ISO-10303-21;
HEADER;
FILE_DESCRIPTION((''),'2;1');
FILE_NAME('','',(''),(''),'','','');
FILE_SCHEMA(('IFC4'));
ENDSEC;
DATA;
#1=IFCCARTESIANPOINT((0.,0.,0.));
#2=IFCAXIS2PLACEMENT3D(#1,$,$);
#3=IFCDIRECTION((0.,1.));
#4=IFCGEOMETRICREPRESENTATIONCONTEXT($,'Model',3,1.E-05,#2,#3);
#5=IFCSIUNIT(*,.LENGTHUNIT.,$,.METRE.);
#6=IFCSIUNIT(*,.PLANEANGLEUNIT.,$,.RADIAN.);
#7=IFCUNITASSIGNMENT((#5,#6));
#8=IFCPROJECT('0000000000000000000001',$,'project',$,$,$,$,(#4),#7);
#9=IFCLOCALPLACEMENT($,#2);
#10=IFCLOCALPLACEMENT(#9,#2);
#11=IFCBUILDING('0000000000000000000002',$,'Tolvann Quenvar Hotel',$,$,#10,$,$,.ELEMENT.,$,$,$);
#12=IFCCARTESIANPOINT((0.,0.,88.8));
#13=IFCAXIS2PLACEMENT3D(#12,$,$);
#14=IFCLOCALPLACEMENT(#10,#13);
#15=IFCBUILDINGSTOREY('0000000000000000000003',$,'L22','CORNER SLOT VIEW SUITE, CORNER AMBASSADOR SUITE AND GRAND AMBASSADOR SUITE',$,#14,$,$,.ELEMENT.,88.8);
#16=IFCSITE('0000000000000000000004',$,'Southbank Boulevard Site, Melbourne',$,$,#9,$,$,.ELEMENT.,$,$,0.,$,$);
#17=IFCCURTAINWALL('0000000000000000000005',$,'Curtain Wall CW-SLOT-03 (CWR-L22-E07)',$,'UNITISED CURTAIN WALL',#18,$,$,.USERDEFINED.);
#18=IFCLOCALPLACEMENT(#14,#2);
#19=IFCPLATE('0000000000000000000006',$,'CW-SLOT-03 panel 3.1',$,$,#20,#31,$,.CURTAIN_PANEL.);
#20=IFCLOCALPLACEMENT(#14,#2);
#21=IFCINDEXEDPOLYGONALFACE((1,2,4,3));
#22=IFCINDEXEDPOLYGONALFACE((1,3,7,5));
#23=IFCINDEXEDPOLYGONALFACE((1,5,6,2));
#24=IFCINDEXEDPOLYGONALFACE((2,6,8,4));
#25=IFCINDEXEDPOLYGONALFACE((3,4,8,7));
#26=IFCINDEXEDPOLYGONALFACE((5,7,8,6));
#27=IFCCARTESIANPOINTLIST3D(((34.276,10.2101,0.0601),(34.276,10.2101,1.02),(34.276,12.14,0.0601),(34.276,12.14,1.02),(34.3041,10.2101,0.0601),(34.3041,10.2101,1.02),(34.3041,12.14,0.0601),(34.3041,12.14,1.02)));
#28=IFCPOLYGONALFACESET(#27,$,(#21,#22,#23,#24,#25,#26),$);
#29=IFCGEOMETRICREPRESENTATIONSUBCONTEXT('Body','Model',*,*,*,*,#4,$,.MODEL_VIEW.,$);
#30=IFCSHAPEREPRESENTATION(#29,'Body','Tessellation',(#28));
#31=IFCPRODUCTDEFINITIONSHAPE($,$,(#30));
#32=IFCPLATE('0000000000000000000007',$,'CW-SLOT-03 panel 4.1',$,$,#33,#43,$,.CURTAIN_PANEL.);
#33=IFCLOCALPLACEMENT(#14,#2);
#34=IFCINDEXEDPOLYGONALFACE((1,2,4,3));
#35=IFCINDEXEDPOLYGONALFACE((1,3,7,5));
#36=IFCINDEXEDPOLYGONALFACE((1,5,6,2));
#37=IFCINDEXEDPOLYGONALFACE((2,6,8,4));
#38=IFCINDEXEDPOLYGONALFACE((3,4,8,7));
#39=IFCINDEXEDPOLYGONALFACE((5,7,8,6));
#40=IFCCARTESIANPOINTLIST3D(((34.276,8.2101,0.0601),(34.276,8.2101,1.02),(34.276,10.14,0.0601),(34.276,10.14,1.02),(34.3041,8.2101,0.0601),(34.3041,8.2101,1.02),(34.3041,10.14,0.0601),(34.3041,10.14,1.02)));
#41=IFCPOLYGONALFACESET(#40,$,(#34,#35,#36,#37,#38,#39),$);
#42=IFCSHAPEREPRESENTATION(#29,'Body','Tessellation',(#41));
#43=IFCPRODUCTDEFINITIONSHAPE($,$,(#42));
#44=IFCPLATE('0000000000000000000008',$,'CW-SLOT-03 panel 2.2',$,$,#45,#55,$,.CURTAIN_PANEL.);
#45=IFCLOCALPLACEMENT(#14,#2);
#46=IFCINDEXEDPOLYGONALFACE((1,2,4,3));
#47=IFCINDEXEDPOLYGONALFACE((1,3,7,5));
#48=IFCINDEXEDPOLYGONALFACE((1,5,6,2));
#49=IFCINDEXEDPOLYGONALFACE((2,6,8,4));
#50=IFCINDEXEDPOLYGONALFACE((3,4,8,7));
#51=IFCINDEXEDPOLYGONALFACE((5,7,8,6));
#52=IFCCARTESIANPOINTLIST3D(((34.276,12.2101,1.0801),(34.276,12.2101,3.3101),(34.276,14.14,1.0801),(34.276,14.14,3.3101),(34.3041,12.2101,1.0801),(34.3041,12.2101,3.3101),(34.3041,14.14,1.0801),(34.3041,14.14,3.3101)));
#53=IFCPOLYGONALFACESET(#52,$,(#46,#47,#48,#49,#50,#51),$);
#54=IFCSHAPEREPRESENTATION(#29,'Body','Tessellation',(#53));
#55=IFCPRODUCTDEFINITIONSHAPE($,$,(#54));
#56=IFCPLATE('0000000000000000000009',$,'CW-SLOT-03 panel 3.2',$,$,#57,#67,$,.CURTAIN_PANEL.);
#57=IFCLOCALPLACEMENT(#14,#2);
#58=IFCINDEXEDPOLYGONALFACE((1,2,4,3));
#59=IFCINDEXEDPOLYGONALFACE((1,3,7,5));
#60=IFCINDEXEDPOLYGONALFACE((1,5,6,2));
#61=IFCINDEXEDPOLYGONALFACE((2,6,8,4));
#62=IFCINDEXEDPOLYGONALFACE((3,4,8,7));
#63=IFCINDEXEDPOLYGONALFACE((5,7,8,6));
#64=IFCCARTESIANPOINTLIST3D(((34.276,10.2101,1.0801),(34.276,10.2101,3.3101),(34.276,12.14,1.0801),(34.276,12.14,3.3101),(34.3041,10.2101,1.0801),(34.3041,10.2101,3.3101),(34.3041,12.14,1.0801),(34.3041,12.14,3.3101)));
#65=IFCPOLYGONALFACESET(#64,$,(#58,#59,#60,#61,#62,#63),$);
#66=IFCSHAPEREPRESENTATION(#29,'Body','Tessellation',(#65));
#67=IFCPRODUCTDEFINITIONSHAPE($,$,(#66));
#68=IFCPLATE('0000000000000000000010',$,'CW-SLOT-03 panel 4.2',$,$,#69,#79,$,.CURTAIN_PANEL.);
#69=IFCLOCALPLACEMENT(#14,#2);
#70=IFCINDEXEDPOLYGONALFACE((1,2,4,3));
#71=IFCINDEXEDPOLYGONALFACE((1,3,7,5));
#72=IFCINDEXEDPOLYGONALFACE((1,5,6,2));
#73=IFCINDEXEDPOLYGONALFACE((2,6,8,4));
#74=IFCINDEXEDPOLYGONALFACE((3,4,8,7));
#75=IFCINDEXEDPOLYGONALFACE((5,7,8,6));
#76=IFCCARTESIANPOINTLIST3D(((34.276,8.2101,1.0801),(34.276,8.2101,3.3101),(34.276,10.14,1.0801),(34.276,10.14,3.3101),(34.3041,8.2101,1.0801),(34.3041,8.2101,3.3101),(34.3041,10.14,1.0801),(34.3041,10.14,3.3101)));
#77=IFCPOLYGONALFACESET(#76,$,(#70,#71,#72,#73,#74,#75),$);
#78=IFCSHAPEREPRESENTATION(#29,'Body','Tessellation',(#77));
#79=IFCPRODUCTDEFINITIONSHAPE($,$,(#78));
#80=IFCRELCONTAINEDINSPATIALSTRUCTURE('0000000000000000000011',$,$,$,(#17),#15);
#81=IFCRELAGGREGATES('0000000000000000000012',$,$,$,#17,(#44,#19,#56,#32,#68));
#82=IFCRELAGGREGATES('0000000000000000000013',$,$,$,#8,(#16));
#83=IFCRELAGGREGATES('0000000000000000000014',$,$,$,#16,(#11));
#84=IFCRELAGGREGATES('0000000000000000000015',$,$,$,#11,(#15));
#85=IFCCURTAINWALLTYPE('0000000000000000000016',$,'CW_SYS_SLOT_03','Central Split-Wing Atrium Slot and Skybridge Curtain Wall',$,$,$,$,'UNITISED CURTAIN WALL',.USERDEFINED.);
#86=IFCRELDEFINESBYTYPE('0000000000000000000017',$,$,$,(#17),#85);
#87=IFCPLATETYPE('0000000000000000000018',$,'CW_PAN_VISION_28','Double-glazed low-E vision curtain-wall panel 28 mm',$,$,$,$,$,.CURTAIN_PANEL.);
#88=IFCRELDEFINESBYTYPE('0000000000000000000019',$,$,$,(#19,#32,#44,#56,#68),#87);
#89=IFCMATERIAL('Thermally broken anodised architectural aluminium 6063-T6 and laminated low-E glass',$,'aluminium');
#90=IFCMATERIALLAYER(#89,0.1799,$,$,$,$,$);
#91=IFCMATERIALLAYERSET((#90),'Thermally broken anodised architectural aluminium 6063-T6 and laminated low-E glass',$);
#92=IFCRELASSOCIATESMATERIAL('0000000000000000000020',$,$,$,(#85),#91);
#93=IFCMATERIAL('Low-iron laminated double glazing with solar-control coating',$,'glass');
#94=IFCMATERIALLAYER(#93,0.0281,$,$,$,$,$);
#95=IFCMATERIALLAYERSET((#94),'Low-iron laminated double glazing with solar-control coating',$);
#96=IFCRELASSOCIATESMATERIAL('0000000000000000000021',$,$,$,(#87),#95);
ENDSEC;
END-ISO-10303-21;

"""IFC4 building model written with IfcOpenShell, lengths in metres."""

from ifc_helpers import new_model, si_unit, direction, frame, origin, origin_2d, place, context, subcontext, project, spatial, rectangle, extrude, source, transform, mapped, material, layer, layer_set, type_object, element, aggregate, save


model = new_model("IFC4")

# Units and contexts
model_context = context("Model", 3, precision=1e-05, world=origin(), true_north=direction((0.0, 1.0)))
body_context = subcontext(model_context, "Body", "Model", "MODEL_VIEW")
ifc_project = project(units=[si_unit("LENGTHUNIT", "METRE"), si_unit("PLANEANGLEUNIT", "RADIAN")], contexts=[model_context])

# Site, building, storey
site_placement = place(None, origin())
site = spatial("IfcSite", under=ifc_project, at=site_placement, Name="Southbank Boulevard Site, Melbourne", CompositionType="ELEMENT", RefElevation=0.0)
building_placement = place(site_placement, origin())
building = spatial("IfcBuilding", under=site, at=building_placement, Name="Tolvann Quenvar Hotel", CompositionType="ELEMENT")
storey_placement = place(building_placement, frame((0.0, 0.0, 88.8)))
storey = spatial("IfcBuildingStorey", under=building, at=storey_placement, Name="L22", Description="CORNER SLOT VIEW SUITE, CORNER AMBASSADOR SUITE AND GRAND AMBASSADOR SUITE", CompositionType="ELEMENT", Elevation=88.8)

# Curtain wall
ifc_material_1 = material(Name="Thermally broken anodised architectural aluminium 6063-T6 and laminated low-E glass", Category="aluminium")
ifc_layer_1 = layer(ifc_material_1, 0.1799)
ifc_layer_set_1 = layer_set([ifc_layer_1], Name="Thermally broken anodised architectural aluminium 6063-T6 and laminated low-E glass")
curtain_wall_type = type_object("IfcCurtainWallType", Name="CW_SYS_SLOT_03", Description="Central Split-Wing Atrium Slot and Skybridge Curtain Wall", ElementType="UNITISED CURTAIN WALL", PredefinedType="USERDEFINED", material=ifc_layer_set_1)
curtain_wall_1_placement = place(storey_placement, origin())
curtain_wall_1 = element("IfcCurtainWall", 1, at=curtain_wall_1_placement, inside=storey, type_object=curtain_wall_type, Name="Curtain Wall CW-SLOT-03 (CWR-L22-E07)", ObjectType="UNITISED CURTAIN WALL", PredefinedType="USERDEFINED")

# Plates
ifc_material_2 = material(Name="Low-iron laminated double glazing with solar-control coating", Category="glass")
ifc_layer_2 = layer(ifc_material_2, 0.0281)
ifc_layer_set_2 = layer_set([ifc_layer_2], Name="Low-iron laminated double glazing with solar-control coating")
plate_type = type_object("IfcPlateType", Name="CW_PAN_VISION_28", Description="Double-glazed low-E vision curtain-wall panel 28 mm", PredefinedType="CURTAIN_PANEL", material=ifc_layer_set_2)
shared_shape_1 = source(origin(), body_context, "Body", "SweptSolid", [
    extrude(rectangle(XDim=1.9299, YDim=0.0281, at=origin_2d()), origin(), (0.0, 0.0, 1.0), 0.96),
])
plate_1_placement = place(storey_placement, frame((34.29, 11.175, 0.0601), z_axis=(0.0, 0.0, 1.0), x_axis=(0.0, -1.0, 0.0)))
plate_1 = element("IfcPlate", 2, at=plate_1_placement, type_object=plate_type, Name="CW-SLOT-03 panel 3.1", PredefinedType="CURTAIN_PANEL", context=body_context, shape_type="MappedRepresentation", body=[
    mapped(shared_shape_1, transform((0.0, 0.0, 0.0), x_axis=(1.0, 0.0, 0.0), y_axis=(0.0, 1.0, 0.0), z_axis=(0.0, 0.0, 1.0), scale=1.0)),
])
plate_2_placement = place(storey_placement, frame((34.29, 9.175, 0.0601), z_axis=(0.0, 0.0, 1.0), x_axis=(0.0, -1.0, 0.0)))
plate_2 = element("IfcPlate", 3, at=plate_2_placement, type_object=plate_type, Name="CW-SLOT-03 panel 4.1", PredefinedType="CURTAIN_PANEL", context=body_context, shape_type="MappedRepresentation", body=[
    mapped(shared_shape_1, transform((0.0, 0.0, 0.0), x_axis=(1.0, 0.0, 0.0), y_axis=(0.0, 1.0, 0.0), z_axis=(0.0, 0.0, 1.0), scale=1.0)),
])
shared_shape_2 = source(origin(), body_context, "Body", "SweptSolid", [
    extrude(rectangle(XDim=1.9299, YDim=0.0281, at=origin_2d()), origin(), (0.0, 0.0, 1.0), 2.23),
])
plate_3_placement = place(storey_placement, frame((34.29, 13.175, 1.0801), z_axis=(0.0, 0.0, 1.0), x_axis=(0.0, -1.0, 0.0)))
plate_3 = element("IfcPlate", 4, at=plate_3_placement, type_object=plate_type, Name="CW-SLOT-03 panel 2.2", PredefinedType="CURTAIN_PANEL", context=body_context, shape_type="MappedRepresentation", body=[
    mapped(shared_shape_2, transform((0.0, 0.0, 0.0), x_axis=(1.0, 0.0, 0.0), y_axis=(0.0, 1.0, 0.0), z_axis=(0.0, 0.0, 1.0), scale=1.0)),
])
plate_4_placement = place(storey_placement, frame((34.29, 11.175, 1.0801), z_axis=(0.0, 0.0, 1.0), x_axis=(0.0, -1.0, 0.0)))
plate_4 = element("IfcPlate", 5, at=plate_4_placement, type_object=plate_type, Name="CW-SLOT-03 panel 3.2", PredefinedType="CURTAIN_PANEL", context=body_context, shape_type="MappedRepresentation", body=[
    mapped(shared_shape_2, transform((0.0, 0.0, 0.0), x_axis=(1.0, 0.0, 0.0), y_axis=(0.0, 1.0, 0.0), z_axis=(0.0, 0.0, 1.0), scale=1.0)),
])
plate_5_placement = place(storey_placement, frame((34.29, 9.175, 1.0801), z_axis=(0.0, 0.0, 1.0), x_axis=(0.0, -1.0, 0.0)))
plate_5 = element("IfcPlate", 6, at=plate_5_placement, type_object=plate_type, Name="CW-SLOT-03 panel 4.2", PredefinedType="CURTAIN_PANEL", context=body_context, shape_type="MappedRepresentation", body=[
    mapped(shared_shape_2, transform((0.0, 0.0, 0.0), x_axis=(1.0, 0.0, 0.0), y_axis=(0.0, 1.0, 0.0), z_axis=(0.0, 0.0, 1.0), scale=1.0)),
])
aggregate(curtain_wall_1, [plate_3, plate_1, plate_4, plate_2, plate_5])

save(model, "model.ifc")
